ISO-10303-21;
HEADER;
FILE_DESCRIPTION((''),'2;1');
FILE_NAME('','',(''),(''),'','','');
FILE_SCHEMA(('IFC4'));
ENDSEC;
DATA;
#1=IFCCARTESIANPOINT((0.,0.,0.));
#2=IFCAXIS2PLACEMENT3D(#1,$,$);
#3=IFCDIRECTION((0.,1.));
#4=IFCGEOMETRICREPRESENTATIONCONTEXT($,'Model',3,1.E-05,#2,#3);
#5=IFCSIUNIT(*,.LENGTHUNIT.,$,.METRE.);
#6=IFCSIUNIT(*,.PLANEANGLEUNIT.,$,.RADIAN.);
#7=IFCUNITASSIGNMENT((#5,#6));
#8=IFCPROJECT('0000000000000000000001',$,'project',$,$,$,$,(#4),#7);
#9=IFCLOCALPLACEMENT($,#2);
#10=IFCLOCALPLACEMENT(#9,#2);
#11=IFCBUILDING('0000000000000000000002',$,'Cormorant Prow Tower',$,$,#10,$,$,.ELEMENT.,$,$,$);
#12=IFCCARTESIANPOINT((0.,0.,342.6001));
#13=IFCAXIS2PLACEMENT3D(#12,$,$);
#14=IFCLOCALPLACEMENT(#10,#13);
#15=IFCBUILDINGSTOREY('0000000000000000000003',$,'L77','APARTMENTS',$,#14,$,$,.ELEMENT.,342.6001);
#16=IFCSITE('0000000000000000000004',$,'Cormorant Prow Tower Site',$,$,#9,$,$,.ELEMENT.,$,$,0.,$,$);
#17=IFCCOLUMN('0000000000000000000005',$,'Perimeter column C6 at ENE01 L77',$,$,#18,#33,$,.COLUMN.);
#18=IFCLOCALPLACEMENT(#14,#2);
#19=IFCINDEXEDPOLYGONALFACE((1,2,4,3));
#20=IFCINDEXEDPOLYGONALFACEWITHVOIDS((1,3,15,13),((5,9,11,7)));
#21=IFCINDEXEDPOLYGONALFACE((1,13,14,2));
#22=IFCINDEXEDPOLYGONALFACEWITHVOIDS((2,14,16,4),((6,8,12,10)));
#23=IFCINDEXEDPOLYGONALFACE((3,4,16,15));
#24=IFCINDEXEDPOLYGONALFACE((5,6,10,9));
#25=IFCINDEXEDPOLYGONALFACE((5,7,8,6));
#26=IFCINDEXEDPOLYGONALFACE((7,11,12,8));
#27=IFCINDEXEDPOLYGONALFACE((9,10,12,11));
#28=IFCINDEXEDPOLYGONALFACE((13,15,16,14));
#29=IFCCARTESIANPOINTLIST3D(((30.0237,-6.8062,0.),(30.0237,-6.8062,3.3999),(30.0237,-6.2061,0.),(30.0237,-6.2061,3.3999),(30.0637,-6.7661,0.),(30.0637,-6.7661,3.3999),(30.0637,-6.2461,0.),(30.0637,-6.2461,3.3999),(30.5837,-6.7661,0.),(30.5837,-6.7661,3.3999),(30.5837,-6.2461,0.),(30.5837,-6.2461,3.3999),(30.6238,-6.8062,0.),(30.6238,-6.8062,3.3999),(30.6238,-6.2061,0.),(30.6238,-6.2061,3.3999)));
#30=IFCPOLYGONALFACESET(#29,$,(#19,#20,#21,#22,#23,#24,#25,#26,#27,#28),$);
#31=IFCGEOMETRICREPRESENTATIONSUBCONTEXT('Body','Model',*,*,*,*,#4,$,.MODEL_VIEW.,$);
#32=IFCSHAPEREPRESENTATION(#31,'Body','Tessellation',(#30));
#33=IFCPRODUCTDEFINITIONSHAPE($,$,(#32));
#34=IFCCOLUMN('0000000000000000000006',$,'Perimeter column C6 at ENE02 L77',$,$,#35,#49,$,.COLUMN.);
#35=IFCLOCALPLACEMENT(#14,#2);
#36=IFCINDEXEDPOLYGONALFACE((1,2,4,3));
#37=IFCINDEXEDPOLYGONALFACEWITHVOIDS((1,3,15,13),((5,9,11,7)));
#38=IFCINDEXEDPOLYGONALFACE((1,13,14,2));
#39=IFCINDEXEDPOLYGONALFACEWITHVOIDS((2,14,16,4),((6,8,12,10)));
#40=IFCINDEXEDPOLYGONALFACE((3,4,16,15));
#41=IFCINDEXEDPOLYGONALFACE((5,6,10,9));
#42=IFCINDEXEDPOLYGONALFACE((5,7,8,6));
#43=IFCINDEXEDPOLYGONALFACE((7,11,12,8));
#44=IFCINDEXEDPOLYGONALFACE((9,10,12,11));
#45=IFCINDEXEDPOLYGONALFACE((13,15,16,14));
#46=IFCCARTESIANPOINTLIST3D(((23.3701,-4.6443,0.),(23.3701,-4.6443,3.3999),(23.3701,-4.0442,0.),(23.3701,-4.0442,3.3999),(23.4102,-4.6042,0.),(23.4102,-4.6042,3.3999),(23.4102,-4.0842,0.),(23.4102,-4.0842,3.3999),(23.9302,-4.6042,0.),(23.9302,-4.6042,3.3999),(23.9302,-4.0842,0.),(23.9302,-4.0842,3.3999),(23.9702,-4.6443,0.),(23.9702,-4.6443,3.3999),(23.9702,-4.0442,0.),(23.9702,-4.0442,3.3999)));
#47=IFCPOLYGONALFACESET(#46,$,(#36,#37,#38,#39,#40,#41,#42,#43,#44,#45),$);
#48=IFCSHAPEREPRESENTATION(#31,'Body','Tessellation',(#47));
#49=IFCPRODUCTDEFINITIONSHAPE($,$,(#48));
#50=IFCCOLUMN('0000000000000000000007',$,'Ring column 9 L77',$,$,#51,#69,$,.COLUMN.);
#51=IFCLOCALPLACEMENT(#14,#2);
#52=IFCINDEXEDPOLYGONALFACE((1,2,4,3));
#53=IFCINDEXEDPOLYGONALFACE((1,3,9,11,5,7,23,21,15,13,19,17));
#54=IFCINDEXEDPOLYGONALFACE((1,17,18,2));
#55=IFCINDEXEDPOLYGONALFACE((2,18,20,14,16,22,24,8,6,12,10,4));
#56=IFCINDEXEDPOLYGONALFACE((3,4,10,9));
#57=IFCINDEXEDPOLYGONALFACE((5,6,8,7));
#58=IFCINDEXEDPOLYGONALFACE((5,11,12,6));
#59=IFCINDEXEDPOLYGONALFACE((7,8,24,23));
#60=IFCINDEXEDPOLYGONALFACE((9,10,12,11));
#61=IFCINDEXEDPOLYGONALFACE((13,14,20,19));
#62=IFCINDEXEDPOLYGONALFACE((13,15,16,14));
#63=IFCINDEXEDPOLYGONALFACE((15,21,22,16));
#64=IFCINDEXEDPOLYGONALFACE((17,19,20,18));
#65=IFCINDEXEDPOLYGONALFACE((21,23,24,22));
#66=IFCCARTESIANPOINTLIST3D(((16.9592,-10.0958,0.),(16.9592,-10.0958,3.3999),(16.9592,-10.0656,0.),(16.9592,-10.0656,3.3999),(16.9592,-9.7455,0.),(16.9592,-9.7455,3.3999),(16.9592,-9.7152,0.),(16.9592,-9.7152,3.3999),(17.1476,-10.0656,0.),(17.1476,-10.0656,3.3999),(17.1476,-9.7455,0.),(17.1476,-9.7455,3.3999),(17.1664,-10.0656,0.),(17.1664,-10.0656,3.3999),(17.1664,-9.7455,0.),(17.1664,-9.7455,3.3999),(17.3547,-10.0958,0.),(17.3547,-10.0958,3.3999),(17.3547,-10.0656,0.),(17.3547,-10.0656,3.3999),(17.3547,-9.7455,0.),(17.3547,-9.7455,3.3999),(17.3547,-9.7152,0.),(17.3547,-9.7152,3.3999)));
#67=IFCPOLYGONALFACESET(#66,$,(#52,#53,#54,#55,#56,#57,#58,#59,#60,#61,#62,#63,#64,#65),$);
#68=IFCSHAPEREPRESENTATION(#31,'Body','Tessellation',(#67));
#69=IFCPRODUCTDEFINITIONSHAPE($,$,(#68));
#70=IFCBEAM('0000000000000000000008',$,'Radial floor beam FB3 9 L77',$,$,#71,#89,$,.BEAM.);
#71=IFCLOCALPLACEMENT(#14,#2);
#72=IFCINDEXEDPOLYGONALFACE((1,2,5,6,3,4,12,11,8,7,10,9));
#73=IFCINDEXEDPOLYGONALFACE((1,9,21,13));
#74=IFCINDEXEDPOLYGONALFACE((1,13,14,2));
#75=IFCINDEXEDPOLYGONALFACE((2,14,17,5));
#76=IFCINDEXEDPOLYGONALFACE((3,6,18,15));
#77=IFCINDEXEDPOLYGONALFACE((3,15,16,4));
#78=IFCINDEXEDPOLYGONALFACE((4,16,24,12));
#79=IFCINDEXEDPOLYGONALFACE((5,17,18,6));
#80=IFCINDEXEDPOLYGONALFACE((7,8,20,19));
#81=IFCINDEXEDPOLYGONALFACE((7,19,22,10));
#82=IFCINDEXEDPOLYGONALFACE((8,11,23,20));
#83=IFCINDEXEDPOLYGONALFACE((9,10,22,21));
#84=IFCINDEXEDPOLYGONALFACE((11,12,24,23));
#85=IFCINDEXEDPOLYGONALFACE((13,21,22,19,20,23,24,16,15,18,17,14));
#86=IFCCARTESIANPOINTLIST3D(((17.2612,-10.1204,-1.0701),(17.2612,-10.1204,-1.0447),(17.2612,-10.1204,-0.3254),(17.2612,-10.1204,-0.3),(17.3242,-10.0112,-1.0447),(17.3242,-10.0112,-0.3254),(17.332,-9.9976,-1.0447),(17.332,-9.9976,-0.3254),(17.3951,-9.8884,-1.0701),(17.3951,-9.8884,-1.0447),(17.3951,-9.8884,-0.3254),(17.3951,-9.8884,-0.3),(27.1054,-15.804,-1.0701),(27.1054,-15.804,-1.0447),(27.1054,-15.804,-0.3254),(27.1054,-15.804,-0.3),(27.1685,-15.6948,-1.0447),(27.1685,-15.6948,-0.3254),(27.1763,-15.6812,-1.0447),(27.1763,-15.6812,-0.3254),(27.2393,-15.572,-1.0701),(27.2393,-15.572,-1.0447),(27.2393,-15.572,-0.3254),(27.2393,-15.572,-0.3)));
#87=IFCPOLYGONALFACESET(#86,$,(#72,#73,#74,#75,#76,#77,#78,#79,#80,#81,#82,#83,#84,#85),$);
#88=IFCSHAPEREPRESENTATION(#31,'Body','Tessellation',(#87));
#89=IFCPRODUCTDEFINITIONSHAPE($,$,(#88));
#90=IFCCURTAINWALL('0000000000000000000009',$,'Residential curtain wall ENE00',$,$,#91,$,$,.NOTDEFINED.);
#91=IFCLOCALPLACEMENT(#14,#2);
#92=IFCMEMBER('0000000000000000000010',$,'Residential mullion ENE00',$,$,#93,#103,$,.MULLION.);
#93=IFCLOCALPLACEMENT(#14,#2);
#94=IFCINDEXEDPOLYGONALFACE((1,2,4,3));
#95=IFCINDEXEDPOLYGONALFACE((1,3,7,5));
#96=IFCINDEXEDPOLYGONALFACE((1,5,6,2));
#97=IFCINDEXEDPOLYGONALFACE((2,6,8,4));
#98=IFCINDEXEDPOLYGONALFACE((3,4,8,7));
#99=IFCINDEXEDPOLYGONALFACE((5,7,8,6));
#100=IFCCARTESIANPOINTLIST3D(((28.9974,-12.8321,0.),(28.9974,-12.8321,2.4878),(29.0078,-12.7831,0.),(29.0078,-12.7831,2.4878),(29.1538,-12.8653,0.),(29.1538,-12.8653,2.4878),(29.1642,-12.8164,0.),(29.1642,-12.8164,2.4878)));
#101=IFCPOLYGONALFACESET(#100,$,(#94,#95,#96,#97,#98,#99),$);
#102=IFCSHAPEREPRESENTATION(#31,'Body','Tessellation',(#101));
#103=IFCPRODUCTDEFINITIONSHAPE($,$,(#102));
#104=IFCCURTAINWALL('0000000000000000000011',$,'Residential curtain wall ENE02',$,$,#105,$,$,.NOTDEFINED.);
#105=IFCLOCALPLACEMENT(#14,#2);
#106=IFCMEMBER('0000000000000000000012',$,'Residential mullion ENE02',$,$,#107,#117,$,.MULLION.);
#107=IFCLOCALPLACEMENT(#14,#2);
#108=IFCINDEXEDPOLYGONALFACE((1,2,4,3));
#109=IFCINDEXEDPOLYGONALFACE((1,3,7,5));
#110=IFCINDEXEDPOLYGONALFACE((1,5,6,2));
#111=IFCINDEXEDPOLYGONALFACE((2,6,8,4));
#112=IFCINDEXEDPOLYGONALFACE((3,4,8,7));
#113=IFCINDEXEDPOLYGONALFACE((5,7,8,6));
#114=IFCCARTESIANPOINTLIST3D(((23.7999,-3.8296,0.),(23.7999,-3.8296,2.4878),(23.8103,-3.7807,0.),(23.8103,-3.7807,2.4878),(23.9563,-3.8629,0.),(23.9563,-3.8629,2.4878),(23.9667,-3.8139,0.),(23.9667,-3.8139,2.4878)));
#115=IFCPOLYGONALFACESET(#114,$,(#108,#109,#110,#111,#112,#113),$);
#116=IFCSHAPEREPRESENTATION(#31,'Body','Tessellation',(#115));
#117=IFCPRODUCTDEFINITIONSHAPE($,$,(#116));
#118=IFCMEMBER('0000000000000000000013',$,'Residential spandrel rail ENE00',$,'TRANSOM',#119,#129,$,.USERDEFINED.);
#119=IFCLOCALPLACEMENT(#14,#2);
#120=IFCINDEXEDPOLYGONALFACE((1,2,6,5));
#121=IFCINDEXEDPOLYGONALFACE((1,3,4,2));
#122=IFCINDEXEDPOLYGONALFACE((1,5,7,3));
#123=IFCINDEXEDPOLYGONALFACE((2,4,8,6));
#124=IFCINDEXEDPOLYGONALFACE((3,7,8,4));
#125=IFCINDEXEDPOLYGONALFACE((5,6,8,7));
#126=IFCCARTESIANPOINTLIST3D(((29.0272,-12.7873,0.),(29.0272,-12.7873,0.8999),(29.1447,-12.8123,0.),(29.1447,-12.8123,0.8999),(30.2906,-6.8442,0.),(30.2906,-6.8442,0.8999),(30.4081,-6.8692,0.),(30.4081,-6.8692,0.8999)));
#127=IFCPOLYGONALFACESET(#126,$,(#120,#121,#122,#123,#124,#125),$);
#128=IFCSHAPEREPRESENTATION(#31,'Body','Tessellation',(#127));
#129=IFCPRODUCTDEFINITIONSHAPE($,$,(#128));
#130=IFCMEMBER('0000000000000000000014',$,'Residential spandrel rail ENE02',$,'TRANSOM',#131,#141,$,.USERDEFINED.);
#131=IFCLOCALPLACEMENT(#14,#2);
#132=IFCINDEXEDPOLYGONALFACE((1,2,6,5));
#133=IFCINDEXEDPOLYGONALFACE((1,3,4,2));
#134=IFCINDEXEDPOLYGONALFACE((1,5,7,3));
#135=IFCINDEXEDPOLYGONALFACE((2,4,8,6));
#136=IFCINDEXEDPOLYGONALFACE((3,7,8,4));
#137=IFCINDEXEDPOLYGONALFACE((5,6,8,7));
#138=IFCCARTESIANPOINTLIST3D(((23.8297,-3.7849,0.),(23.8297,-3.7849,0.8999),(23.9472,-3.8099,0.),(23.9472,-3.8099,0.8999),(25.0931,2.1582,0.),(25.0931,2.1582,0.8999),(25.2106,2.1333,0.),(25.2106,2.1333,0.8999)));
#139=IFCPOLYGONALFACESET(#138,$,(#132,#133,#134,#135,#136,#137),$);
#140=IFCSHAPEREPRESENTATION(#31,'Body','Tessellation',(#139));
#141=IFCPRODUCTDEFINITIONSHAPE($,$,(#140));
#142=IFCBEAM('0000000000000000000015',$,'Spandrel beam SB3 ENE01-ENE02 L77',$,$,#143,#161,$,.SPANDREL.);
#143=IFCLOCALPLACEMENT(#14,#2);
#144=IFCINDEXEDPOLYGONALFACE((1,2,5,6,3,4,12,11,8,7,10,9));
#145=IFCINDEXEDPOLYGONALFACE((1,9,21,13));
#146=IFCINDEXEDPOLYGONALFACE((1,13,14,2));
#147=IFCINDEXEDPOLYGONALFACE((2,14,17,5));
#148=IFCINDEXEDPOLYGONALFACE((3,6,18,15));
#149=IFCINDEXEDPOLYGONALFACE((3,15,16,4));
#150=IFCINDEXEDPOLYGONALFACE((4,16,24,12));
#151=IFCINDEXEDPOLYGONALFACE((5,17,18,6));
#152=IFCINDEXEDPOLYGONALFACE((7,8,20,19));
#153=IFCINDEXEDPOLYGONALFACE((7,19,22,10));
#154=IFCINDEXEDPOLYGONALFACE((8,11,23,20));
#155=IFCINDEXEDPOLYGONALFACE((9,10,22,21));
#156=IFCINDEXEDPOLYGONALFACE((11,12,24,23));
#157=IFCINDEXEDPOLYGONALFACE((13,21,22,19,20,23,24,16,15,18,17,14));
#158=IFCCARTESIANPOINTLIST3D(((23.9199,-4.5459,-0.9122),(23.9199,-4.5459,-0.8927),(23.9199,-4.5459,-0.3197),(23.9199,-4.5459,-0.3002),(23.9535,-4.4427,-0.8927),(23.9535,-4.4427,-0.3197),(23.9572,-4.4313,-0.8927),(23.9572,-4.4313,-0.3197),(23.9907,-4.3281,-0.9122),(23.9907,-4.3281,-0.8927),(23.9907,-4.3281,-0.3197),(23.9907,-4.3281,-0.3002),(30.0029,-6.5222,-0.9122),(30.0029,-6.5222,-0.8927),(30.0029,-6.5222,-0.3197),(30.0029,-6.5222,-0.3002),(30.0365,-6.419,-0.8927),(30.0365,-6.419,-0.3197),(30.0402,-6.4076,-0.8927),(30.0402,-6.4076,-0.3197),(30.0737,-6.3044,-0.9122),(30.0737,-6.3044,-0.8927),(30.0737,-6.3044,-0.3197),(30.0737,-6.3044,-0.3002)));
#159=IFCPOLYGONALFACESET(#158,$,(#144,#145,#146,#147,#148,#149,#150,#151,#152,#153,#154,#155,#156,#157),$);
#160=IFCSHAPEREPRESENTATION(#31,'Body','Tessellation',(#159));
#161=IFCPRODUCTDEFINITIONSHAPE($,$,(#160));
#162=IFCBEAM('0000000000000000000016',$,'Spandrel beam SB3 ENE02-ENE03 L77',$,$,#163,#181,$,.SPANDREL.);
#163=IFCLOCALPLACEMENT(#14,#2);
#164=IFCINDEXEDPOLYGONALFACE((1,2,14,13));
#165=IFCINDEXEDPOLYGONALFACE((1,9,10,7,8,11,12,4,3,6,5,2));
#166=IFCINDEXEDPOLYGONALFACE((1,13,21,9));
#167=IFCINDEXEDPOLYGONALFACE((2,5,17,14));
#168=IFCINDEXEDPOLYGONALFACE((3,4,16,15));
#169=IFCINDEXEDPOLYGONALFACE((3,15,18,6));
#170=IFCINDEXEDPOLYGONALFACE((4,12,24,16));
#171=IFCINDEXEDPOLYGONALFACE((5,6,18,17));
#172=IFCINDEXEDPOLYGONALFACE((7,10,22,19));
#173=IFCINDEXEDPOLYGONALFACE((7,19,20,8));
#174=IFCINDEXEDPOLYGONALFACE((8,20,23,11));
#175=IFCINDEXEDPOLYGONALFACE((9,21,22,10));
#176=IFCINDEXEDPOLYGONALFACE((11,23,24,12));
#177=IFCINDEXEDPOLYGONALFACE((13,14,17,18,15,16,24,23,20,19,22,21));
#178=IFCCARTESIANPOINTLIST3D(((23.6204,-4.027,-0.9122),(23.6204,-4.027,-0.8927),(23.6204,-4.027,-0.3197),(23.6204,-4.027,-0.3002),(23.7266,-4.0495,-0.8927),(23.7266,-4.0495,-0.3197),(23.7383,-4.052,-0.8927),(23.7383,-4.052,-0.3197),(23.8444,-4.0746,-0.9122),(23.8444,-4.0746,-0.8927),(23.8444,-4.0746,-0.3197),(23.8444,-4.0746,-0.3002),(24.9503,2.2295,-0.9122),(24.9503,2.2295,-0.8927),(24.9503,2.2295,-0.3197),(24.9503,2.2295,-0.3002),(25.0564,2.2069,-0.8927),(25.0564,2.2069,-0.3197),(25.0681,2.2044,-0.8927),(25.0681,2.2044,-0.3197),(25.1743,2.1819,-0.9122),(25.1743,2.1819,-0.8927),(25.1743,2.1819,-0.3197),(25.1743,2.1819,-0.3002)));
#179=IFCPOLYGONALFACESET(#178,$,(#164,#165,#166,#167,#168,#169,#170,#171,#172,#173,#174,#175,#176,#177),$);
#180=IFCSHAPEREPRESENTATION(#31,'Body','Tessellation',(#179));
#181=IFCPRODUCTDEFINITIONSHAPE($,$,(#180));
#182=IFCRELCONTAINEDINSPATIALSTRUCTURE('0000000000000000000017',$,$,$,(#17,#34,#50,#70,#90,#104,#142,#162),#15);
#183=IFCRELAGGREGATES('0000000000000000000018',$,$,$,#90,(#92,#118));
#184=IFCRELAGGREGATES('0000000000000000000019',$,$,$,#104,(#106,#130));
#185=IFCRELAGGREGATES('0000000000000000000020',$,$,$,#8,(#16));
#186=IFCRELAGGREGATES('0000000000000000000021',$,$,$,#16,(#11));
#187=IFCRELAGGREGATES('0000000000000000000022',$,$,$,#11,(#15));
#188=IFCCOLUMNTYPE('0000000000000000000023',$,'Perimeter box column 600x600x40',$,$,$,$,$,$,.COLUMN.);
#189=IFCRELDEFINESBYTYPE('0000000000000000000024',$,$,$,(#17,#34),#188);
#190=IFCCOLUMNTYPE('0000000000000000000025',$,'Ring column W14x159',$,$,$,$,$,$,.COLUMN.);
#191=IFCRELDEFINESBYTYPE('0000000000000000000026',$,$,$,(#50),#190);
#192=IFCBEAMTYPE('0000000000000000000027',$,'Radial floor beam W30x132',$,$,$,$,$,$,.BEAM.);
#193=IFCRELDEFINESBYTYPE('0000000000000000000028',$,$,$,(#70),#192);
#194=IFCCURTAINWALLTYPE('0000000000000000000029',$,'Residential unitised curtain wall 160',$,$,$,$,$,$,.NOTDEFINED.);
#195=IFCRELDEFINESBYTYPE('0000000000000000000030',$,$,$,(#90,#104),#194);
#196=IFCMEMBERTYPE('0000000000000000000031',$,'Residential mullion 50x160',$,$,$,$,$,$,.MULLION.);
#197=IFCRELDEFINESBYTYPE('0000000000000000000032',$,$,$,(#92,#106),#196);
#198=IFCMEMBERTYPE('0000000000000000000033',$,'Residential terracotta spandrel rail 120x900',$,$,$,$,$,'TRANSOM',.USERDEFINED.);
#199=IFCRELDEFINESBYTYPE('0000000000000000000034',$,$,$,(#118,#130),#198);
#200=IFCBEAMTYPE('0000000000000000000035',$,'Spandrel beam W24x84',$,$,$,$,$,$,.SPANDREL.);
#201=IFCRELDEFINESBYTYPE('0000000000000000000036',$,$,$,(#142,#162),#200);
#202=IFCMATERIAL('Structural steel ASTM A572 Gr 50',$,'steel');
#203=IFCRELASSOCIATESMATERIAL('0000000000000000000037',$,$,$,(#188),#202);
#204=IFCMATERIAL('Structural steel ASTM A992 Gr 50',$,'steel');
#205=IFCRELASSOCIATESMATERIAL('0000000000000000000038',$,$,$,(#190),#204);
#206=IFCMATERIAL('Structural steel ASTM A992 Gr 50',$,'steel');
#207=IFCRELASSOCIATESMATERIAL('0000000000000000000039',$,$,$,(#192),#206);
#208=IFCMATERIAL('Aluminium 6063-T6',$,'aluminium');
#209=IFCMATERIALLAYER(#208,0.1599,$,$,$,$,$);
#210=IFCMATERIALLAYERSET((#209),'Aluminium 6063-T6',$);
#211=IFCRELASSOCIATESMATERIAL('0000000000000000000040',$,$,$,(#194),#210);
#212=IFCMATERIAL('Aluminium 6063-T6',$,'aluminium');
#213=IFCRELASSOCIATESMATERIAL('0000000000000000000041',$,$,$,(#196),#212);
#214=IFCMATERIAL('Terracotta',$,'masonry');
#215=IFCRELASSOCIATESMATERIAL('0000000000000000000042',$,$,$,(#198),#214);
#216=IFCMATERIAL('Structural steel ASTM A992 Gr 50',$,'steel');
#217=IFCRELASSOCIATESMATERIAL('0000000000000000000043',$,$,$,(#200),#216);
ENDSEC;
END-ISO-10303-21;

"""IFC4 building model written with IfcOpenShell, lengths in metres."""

from ifc_helpers import new_model, si_unit, direction, frame, origin, origin_2d, place, context, subcontext, project, spatial, rectangle, hollow_rectangle, i_section, extrude, material, layer, layer_set, material_profile, profile_set, type_object, element, aggregate, save


model = new_model("IFC4")

# Units and contexts
model_context = context("Model", 3, precision=1e-05, world=origin(), true_north=direction((0.0, 1.0)))
body_context = subcontext(model_context, "Body", "Model", "MODEL_VIEW")
ifc_project = project(units=[si_unit("LENGTHUNIT", "METRE"), si_unit("PLANEANGLEUNIT", "RADIAN")], contexts=[model_context])

# Site, building, storey
site_placement = place(None, origin())
site = spatial("IfcSite", under=ifc_project, at=site_placement, Name="Cormorant Prow Tower Site", CompositionType="ELEMENT", RefElevation=0.0)
building_placement = place(site_placement, origin())
building = spatial("IfcBuilding", under=site, at=building_placement, Name="Cormorant Prow Tower", CompositionType="ELEMENT")
storey_placement = place(building_placement, frame((0.0, 0.0, 342.6001)))
storey = spatial("IfcBuildingStorey", under=building, at=storey_placement, Name="L77", Description="APARTMENTS", CompositionType="ELEMENT", Elevation=342.6001)

# Columns
ifc_material_1 = material(Name="Structural steel ASTM A572 Gr 50", Category="steel")
ifc_material_profile_1 = material_profile(ifc_material_1, hollow_rectangle(XDim=0.6001, YDim=0.6001, WallThickness=0.04, at=origin_2d()), Name="Box 600x600x40")
ifc_profile_set_1 = profile_set([ifc_material_profile_1], Name="Structural steel ASTM A572 Gr 50")
column_type_1 = type_object("IfcColumnType", Name="Perimeter box column 600x600x40", PredefinedType="COLUMN", material=ifc_profile_set_1)
for number, where, z_axis, x_axis, name in (
    (1, (30.3237, -6.5061, 0.0), (0.0, 0.0, 1.0), (1.0, 0.0, 0.0), "Perimeter column C6 at ENE01 L77"),
    (2, (23.6702, -4.3442, 0.0), (0.0, 0.0, 1.0), (1.0, 0.0, 0.0), "Perimeter column C6 at ENE02 L77"),
):
    element("IfcColumn", number, at=place(storey_placement, frame(where, z_axis=z_axis, x_axis=x_axis)), inside=storey, type_object=column_type_1, Name=name, PredefinedType="COLUMN", context=body_context, shape_type="SweptSolid", body=[
        extrude(hollow_rectangle(XDim=0.6001, YDim=0.6001, WallThickness=0.04, at=origin_2d()), origin(), (0.0, 0.0, 1.0), 3.3999),
    ])
ifc_material_2 = material(Name="Structural steel ASTM A992 Gr 50", Category="steel")
ifc_material_profile_2 = material_profile(ifc_material_2, i_section(OverallWidth=0.3955, OverallDepth=0.3806, WebThickness=0.0188, FlangeThickness=0.0303, at=origin_2d()), Name="W14x159")
ifc_profile_set_2 = profile_set([ifc_material_profile_2], Name="Structural steel ASTM A992 Gr 50")
column_type_2 = type_object("IfcColumnType", Name="Ring column W14x159", PredefinedType="COLUMN", material=ifc_profile_set_2)
column_placement = place(storey_placement, frame((17.157, -9.9055, 0.0), z_axis=(0.0, 0.0, 1.0), x_axis=(1.0, 0.0, 0.0)))
element("IfcColumn", 3, at=column_placement, inside=storey, type_object=column_type_2, Name="Ring column 9 L77", PredefinedType="COLUMN", context=body_context, shape_type="SweptSolid", body=[
    extrude(i_section(OverallWidth=0.3955, OverallDepth=0.3806, WebThickness=0.0188, FlangeThickness=0.0303, at=origin_2d()), origin(), (0.0, 0.0, 1.0), 3.3999),
])

# Beam
ifc_material_3 = material(Name="Structural steel ASTM A992 Gr 50", Category="steel")
ifc_material_profile_3 = material_profile(ifc_material_3, i_section(OverallWidth=0.2678, OverallDepth=0.77, WebThickness=0.0156, FlangeThickness=0.0254, at=origin_2d()), Name="W30x132")
ifc_profile_set_3 = profile_set([ifc_material_profile_3], Name="Structural steel ASTM A992 Gr 50")
beam_type_1 = type_object("IfcBeamType", Name="Radial floor beam W30x132", PredefinedType="BEAM", material=ifc_profile_set_3)
beam_1_placement = place(storey_placement, frame((17.3281, -10.0044, -0.6851), z_axis=(0.866025, -0.500001, 0.0), x_axis=(0.500001, 0.866025, 0.0)))
element("IfcBeam", 4, at=beam_1_placement, inside=storey, type_object=beam_type_1, Name="Radial floor beam FB3 9 L77", PredefinedType="BEAM", context=body_context, shape_type="SweptSolid", body=[
    extrude(i_section(OverallWidth=0.2678, OverallDepth=0.77, WebThickness=0.0156, FlangeThickness=0.0254, at=origin_2d()), origin(), (0.0, 0.0, 1.0), 11.3672),
])

# Curtain walls, members
ifc_material_4 = material(Name="Aluminium 6063-T6", Category="aluminium")
ifc_layer_1 = layer(ifc_material_4, 0.1599)
ifc_layer_set_1 = layer_set([ifc_layer_1], Name="Aluminium 6063-T6")
curtain_wall_type = type_object("IfcCurtainWallType", Name="Residential unitised curtain wall 160", PredefinedType="NOTDEFINED", material=ifc_layer_set_1)
curtain_wall_1_placement = place(storey_placement, origin())
curtain_wall_1 = element("IfcCurtainWall", 5, at=curtain_wall_1_placement, inside=storey, type_object=curtain_wall_type, Name="Residential curtain wall ENE00", PredefinedType="NOTDEFINED")
ifc_material_5 = material(Name="Aluminium 6063-T6", Category="aluminium")
ifc_material_profile_4 = material_profile(ifc_material_5, rectangle(XDim=0.1599, YDim=0.05, at=origin_2d()), Name="Residential mullion 50x160")
ifc_profile_set_4 = profile_set([ifc_material_profile_4], Name="Aluminium 6063-T6")
member_type_1 = type_object("IfcMemberType", Name="Residential mullion 50x160", PredefinedType="MULLION", material=ifc_profile_set_4)
member_1_placement = place(storey_placement, frame((29.0808, -12.8242, 0.0), z_axis=(0.0, 0.0, 1.0), x_axis=(-0.978148, 0.207912, 0.0)))
member_1 = element("IfcMember", 6, at=member_1_placement, type_object=member_type_1, Name="Residential mullion ENE00", PredefinedType="MULLION", context=body_context, shape_type="SweptSolid", body=[
    extrude(rectangle(XDim=0.1599, YDim=0.05, at=origin_2d()), origin(), (0.0, 0.0, 1.0), 2.4878),
])
curtain_wall_2_placement = place(storey_placement, origin())
curtain_wall_2 = element("IfcCurtainWall", 7, at=curtain_wall_2_placement, inside=storey, type_object=curtain_wall_type, Name="Residential curtain wall ENE02", PredefinedType="NOTDEFINED")
member_2_placement = place(storey_placement, frame((23.8833, -3.8218, 0.0), z_axis=(0.0, 0.0, 1.0), x_axis=(-0.978148, 0.207912, 0.0)))
member_2 = element("IfcMember", 8, at=member_2_placement, type_object=member_type_1, Name="Residential mullion ENE02", PredefinedType="MULLION", context=body_context, shape_type="SweptSolid", body=[
    extrude(rectangle(XDim=0.1599, YDim=0.05, at=origin_2d()), origin(), (0.0, 0.0, 1.0), 2.4878),
])

# Members
ifc_material_6 = material(Name="Terracotta", Category="masonry")
ifc_material_profile_5 = material_profile(ifc_material_6, rectangle(XDim=0.1201, YDim=0.8999, at=origin_2d()), Name="Residential terracotta spandrel rail 120x900")
ifc_profile_set_5 = profile_set([ifc_material_profile_5], Name="Terracotta")
member_type_2 = type_object("IfcMemberType", Name="Residential terracotta spandrel rail 120x900", ElementType="TRANSOM", PredefinedType="USERDEFINED", material=ifc_profile_set_5)
member_3_placement = place(storey_placement, frame((29.0859, -12.7998, 0.45), z_axis=(0.20794, 0.978142, 0.0), x_axis=(-0.978142, 0.20794, 0.0)))
member_3 = element("IfcMember", 9, at=member_3_placement, type_object=member_type_2, Name="Residential spandrel rail ENE00", ObjectType="TRANSOM", PredefinedType="USERDEFINED", context=body_context, shape_type="SweptSolid", body=[
    extrude(rectangle(XDim=0.1201, YDim=0.8999, at=origin_2d()), origin(), (0.0, 0.0, 1.0), 6.0759),
])
member_4_placement = place(storey_placement, frame((23.8884, -3.7974, 0.45), z_axis=(0.20794, 0.978142, 0.0), x_axis=(-0.978142, 0.20794, 0.0)))
member_4 = element("IfcMember", 10, at=member_4_placement, type_object=member_type_2, Name="Residential spandrel rail ENE02", ObjectType="TRANSOM", PredefinedType="USERDEFINED", context=body_context, shape_type="SweptSolid", body=[
    extrude(rectangle(XDim=0.1201, YDim=0.8999, at=origin_2d()), origin(), (0.0, 0.0, 1.0), 6.0759),
])

# Beams
ifc_material_7 = material(Name="Structural steel ASTM A992 Gr 50", Category="steel")
ifc_material_profile_6 = material_profile(ifc_material_7, i_section(OverallWidth=0.229, OverallDepth=0.6121, WebThickness=0.012, FlangeThickness=0.0195, at=origin_2d()), Name="W24x84")
ifc_profile_set_6 = profile_set([ifc_material_profile_6], Name="Structural steel ASTM A992 Gr 50")
beam_type_2 = type_object("IfcBeamType", Name="Spandrel beam W24x84", PredefinedType="SPANDREL", material=ifc_profile_set_6)
beam_2_placement = place(storey_placement, frame((30.0383, -6.4133, -0.6062), z_axis=(-0.951064, 0.308993, 0.0), x_axis=(-0.308993, -0.951064, 0.0)))
element("IfcBeam", 11, at=beam_2_placement, inside=storey, type_object=beam_type_2, Name="Spandrel beam SB3 ENE01-ENE02 L77", PredefinedType="SPANDREL", context=body_context, shape_type="SweptSolid", body=[
    extrude(i_section(OverallWidth=0.229, OverallDepth=0.6121, WebThickness=0.012, FlangeThickness=0.0195, at=origin_2d()), origin(), (0.0, 0.0, 1.0), 6.396),
])
beam_3_placement = place(storey_placement, frame((23.7324, -4.0508, -0.6062), z_axis=(0.207913, 0.978147, 0.0), x_axis=(-0.978147, 0.207913, 0.0)))
element("IfcBeam", 12, at=beam_3_placement, inside=storey, type_object=beam_type_2, Name="Spandrel beam SB3 ENE02-ENE03 L77", PredefinedType="SPANDREL", context=body_context, shape_type="SweptSolid", body=[
    extrude(i_section(OverallWidth=0.229, OverallDepth=0.6121, WebThickness=0.012, FlangeThickness=0.0195, at=origin_2d()), origin(), (0.0, 0.0, 1.0), 6.3962),
])

aggregate(curtain_wall_1, [member_1, member_3])
aggregate(curtain_wall_2, [member_2, member_4])

save(model, "model.ifc")
